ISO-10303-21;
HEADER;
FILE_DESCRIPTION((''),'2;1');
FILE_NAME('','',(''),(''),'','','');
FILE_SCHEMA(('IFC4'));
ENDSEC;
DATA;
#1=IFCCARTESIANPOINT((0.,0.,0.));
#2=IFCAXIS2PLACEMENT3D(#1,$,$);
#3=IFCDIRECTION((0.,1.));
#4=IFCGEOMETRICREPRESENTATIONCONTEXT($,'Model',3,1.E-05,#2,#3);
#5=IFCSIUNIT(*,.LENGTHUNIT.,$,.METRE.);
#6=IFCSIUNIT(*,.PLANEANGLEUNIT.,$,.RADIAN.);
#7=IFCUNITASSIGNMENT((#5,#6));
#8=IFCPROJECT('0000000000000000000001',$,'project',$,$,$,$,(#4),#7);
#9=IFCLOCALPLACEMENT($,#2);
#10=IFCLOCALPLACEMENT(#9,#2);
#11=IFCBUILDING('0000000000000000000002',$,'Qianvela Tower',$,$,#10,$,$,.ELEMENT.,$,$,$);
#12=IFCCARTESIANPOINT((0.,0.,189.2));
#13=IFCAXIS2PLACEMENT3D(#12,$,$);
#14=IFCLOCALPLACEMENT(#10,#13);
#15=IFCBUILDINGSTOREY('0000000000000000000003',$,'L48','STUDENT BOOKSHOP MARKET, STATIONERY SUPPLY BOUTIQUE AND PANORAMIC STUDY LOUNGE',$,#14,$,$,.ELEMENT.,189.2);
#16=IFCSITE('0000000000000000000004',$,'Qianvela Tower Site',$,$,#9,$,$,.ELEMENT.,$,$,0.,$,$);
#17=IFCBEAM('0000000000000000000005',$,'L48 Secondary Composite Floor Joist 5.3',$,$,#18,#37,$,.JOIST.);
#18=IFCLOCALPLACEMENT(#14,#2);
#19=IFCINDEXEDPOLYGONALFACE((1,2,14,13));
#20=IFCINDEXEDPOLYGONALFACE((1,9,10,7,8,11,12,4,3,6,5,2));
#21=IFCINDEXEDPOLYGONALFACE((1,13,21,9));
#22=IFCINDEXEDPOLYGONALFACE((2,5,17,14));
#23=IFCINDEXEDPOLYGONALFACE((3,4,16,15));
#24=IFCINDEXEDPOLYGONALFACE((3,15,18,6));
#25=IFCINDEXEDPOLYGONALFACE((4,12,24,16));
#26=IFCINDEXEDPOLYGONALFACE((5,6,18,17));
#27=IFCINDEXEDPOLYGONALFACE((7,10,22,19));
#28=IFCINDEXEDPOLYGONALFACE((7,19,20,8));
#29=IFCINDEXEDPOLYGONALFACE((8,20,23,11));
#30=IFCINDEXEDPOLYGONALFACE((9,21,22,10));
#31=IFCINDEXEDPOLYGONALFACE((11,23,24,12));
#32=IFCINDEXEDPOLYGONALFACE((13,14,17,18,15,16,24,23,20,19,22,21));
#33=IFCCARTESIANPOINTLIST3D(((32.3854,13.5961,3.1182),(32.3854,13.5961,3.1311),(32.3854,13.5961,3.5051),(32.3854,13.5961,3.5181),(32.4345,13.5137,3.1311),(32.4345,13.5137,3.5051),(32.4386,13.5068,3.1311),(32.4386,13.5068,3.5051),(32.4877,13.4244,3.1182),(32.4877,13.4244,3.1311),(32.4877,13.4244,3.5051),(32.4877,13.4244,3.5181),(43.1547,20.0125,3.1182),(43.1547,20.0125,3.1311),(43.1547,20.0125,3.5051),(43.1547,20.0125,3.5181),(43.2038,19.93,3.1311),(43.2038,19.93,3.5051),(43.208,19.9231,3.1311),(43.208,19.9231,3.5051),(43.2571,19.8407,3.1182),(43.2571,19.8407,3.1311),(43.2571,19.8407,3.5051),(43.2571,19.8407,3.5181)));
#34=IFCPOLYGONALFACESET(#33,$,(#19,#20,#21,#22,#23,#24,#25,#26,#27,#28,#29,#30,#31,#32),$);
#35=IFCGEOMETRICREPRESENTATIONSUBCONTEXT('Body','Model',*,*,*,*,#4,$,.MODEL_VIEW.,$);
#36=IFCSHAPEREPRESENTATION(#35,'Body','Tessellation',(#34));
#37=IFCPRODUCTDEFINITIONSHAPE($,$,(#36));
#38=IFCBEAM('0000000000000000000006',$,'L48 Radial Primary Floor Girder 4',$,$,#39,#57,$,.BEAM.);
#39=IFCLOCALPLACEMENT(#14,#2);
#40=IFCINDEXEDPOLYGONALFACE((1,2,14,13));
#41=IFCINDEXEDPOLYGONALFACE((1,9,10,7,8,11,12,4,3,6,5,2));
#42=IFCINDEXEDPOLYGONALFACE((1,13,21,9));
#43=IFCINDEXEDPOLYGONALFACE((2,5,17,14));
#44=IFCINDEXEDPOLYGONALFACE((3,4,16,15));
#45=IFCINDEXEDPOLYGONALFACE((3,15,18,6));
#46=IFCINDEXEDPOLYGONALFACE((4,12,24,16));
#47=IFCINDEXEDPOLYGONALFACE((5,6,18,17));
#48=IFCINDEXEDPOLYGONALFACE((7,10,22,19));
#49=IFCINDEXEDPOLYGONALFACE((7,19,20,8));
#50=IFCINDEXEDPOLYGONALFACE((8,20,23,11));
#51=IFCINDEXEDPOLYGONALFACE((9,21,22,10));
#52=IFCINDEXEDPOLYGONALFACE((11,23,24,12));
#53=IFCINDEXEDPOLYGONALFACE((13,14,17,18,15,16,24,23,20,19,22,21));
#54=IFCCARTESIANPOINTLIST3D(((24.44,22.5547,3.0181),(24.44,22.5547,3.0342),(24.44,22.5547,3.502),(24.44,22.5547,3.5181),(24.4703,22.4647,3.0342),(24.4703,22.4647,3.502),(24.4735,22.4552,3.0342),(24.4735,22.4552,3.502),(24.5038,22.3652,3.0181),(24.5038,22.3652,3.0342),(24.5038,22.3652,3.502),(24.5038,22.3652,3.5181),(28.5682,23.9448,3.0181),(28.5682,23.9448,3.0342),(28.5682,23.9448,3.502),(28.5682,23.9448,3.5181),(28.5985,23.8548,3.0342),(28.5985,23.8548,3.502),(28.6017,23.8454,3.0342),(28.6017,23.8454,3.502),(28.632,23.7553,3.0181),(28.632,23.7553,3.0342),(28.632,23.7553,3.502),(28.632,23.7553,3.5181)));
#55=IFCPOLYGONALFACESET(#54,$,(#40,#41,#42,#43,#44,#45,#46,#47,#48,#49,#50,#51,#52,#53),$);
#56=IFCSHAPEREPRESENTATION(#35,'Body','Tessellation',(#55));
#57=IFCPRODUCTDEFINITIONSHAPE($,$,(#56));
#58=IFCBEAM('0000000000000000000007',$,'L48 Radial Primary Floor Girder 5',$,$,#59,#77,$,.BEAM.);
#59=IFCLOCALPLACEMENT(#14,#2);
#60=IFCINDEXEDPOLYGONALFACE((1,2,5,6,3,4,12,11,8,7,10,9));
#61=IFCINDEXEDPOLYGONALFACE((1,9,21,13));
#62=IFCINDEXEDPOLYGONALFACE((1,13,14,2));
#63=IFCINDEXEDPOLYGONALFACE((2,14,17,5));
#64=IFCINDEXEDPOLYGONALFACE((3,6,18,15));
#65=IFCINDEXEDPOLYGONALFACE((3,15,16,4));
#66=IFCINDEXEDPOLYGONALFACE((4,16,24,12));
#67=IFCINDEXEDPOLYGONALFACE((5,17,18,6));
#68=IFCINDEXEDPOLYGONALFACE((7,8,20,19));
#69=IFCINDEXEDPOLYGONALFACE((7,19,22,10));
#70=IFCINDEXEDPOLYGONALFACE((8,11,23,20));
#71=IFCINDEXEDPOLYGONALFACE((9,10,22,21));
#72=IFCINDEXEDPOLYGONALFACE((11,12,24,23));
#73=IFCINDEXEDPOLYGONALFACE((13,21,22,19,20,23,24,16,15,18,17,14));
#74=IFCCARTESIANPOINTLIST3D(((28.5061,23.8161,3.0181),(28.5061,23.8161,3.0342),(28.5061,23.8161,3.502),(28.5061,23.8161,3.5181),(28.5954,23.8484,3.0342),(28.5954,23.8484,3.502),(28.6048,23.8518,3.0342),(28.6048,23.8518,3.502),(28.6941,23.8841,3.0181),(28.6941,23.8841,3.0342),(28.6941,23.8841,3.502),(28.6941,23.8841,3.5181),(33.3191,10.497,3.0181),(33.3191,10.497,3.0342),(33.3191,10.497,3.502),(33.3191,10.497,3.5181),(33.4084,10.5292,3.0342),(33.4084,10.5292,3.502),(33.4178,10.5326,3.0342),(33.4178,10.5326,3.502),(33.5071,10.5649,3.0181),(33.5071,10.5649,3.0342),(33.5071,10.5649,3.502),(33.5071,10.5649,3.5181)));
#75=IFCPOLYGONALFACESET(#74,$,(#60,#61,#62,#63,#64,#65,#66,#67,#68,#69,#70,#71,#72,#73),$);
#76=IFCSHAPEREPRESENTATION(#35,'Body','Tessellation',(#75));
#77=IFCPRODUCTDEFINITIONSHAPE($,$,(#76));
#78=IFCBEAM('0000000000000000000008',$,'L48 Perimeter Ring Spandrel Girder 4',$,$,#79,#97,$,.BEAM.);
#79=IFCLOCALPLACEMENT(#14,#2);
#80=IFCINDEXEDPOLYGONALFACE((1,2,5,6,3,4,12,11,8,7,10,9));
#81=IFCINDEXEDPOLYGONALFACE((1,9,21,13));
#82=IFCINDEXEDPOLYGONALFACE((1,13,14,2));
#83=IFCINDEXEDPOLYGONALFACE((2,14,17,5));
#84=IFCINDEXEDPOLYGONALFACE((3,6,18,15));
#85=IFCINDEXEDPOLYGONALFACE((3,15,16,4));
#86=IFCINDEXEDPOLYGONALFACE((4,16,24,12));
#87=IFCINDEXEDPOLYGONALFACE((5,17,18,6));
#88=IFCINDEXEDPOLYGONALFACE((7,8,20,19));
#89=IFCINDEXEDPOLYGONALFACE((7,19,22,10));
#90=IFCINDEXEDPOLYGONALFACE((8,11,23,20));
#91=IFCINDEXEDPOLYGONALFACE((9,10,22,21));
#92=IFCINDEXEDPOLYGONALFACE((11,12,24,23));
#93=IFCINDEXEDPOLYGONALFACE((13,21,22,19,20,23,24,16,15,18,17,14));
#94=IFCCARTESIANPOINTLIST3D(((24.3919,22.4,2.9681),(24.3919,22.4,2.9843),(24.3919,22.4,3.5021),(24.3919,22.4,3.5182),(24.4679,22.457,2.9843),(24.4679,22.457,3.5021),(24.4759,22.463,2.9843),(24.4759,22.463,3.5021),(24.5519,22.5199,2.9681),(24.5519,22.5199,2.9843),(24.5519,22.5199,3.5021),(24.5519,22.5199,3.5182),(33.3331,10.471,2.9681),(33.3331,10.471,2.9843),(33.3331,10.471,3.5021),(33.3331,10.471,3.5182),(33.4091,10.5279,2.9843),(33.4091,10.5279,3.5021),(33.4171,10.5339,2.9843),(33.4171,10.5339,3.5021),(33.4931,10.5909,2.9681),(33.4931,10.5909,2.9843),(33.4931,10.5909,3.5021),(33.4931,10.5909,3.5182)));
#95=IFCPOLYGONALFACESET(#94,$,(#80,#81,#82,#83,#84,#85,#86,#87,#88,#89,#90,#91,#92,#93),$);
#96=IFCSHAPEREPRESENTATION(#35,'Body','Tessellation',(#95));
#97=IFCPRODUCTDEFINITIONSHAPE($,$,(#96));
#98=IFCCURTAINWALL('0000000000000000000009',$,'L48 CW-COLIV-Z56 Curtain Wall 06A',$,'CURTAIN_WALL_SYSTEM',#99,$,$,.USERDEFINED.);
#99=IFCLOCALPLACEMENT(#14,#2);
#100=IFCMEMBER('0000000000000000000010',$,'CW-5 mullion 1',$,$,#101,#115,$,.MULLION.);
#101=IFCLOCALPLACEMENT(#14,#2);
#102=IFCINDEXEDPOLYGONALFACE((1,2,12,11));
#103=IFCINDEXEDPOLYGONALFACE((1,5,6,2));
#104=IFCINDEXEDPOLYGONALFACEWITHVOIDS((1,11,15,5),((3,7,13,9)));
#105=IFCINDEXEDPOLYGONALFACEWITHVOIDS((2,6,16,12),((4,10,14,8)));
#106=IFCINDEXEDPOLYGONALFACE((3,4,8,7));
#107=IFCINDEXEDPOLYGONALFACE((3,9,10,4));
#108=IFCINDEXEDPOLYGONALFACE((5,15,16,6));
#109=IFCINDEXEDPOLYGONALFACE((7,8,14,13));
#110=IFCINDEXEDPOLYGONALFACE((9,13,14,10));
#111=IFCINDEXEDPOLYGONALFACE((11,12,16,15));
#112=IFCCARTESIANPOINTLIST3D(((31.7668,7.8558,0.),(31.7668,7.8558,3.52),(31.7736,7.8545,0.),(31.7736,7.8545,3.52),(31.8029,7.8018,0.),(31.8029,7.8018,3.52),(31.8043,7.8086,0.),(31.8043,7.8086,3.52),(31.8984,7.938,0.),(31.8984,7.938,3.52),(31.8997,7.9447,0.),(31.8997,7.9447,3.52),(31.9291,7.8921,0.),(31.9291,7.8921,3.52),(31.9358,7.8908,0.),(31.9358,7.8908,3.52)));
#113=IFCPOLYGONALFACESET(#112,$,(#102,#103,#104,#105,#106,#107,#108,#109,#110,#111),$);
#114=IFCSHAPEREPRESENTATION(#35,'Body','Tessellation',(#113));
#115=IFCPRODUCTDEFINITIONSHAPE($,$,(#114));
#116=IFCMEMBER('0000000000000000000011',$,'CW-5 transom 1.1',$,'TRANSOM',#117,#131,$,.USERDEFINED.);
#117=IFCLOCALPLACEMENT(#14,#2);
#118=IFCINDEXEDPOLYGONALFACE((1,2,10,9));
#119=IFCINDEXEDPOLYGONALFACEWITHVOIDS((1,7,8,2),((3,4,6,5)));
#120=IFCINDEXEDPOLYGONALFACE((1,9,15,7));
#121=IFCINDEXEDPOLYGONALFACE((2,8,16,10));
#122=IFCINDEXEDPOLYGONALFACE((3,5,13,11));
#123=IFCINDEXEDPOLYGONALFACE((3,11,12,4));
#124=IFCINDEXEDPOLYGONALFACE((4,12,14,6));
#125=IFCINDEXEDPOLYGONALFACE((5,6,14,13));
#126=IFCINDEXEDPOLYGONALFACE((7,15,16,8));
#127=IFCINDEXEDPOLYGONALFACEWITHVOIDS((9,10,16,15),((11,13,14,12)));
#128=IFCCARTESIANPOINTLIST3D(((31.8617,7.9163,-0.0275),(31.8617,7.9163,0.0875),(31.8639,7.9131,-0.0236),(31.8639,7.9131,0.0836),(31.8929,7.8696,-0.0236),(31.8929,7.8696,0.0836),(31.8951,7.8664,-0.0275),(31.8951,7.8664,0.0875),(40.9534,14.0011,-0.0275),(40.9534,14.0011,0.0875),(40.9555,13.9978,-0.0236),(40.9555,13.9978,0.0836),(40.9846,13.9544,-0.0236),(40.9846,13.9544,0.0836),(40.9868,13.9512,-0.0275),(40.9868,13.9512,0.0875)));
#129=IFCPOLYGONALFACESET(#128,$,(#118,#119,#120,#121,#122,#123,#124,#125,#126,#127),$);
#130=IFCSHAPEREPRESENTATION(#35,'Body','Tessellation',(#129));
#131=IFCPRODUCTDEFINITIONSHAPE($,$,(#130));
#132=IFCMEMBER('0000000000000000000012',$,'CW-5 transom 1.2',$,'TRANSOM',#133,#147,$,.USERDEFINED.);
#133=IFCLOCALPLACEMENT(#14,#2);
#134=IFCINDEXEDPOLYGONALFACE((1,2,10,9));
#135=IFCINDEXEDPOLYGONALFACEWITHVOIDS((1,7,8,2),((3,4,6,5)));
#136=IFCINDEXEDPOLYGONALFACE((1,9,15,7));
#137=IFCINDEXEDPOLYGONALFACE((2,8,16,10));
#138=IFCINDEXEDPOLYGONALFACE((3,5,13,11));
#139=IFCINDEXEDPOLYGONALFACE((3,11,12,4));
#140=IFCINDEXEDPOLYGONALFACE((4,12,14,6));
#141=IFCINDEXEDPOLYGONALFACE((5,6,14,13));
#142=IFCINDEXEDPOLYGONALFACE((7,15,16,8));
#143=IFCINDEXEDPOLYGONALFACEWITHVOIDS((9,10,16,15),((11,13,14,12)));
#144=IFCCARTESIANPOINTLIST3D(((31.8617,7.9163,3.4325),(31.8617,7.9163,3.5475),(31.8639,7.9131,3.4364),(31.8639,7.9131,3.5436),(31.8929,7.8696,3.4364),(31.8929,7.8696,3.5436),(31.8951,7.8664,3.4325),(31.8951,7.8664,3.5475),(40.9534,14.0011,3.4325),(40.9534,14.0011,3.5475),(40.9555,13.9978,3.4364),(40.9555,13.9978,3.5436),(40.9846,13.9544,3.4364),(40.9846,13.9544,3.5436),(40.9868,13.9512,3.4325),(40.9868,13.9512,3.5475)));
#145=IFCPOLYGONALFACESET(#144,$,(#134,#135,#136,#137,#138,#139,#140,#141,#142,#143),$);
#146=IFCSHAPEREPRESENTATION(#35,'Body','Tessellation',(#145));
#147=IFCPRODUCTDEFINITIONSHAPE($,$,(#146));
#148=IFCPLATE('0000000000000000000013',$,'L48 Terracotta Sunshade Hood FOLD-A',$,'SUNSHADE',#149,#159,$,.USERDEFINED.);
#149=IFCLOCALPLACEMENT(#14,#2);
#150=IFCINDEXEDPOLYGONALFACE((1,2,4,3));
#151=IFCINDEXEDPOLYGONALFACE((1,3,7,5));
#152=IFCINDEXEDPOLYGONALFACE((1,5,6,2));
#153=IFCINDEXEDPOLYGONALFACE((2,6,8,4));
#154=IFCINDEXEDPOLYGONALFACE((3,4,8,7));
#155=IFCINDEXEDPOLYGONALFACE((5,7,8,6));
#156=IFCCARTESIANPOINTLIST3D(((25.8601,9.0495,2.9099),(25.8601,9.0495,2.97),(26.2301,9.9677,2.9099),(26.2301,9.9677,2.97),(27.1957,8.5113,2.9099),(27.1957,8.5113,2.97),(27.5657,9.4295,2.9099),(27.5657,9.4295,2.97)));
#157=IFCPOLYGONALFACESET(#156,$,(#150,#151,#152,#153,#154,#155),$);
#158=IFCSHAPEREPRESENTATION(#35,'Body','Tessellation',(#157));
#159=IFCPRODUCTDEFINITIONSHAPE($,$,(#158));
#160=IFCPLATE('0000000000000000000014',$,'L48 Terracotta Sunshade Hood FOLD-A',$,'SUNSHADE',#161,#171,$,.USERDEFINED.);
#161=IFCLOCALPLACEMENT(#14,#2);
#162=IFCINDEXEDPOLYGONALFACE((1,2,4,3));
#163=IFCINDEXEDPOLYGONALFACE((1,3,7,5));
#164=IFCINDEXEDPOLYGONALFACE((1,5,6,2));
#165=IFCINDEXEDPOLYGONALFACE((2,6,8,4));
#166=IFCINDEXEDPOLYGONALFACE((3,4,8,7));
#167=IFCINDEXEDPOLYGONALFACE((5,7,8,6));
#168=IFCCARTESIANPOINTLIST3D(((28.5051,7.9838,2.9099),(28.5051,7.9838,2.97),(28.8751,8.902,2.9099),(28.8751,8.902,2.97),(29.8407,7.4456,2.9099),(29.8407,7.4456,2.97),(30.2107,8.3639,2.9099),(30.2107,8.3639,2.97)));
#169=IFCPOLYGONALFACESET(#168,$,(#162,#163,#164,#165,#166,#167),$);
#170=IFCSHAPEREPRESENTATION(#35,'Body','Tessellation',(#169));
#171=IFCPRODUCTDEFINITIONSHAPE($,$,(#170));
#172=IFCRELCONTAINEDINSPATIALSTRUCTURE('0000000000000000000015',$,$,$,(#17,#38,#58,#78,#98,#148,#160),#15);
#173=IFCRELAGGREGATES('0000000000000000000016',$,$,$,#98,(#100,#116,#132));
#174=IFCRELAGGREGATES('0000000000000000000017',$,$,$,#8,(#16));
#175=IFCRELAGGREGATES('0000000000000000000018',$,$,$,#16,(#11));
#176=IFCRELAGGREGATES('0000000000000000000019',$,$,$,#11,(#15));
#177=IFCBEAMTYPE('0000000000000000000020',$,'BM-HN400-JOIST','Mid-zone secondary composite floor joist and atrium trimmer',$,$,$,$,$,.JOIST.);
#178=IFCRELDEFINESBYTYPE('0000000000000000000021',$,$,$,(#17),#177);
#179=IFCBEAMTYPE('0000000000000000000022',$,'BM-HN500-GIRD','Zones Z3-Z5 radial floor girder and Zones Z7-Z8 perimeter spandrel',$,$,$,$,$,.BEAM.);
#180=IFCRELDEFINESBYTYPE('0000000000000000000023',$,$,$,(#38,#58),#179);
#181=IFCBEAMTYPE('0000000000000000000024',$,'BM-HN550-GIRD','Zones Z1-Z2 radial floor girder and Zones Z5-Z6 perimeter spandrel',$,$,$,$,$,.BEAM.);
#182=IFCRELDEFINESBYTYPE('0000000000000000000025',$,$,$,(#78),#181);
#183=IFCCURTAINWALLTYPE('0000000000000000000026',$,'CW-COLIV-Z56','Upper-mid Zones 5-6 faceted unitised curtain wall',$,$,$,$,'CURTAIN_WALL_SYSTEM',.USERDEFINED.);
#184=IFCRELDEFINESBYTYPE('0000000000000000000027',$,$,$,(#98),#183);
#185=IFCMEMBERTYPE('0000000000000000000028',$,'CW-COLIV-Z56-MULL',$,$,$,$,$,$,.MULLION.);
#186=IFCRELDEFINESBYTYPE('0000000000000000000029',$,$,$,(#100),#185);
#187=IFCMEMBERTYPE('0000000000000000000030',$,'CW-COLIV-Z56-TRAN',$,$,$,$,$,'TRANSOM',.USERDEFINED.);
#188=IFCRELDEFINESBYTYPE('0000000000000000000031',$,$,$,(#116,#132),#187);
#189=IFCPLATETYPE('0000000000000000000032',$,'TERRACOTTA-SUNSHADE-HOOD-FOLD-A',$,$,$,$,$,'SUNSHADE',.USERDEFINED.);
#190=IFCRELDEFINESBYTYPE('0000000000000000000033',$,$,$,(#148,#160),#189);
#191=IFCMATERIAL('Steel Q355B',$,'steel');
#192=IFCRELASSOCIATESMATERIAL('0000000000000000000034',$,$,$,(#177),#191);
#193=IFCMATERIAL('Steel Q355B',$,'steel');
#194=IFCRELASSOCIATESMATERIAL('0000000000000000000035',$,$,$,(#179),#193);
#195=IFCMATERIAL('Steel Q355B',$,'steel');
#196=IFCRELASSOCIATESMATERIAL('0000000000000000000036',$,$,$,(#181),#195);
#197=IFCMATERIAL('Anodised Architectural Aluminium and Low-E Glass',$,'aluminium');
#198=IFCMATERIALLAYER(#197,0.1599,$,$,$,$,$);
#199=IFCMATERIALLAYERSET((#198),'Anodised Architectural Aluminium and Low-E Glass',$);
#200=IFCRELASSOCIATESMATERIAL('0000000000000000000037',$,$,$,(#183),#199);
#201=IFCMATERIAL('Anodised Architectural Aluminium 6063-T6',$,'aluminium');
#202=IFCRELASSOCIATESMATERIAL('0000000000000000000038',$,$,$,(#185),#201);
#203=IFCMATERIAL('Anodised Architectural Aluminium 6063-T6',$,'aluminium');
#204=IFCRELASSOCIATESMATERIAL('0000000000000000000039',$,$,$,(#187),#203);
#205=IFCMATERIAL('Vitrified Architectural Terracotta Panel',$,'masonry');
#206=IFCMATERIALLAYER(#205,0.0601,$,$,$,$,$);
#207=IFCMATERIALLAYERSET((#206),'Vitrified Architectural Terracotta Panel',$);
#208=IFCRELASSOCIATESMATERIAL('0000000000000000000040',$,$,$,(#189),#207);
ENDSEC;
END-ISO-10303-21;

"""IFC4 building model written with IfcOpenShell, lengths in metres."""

from ifc_helpers import new_model, si_unit, direction, frame, origin, origin_2d, place, context, subcontext, project, spatial, rectangle, hollow_rectangle, i_section, extrude, material, layer, layer_set, material_profile, profile_set, type_object, element, aggregate, save


model = new_model("IFC4")

# Units and contexts
model_context = context("Model", 3, precision=1e-05, world=origin(), true_north=direction((0.0, 1.0)))
body_context = subcontext(model_context, "Body", "Model", "MODEL_VIEW")
ifc_project = project(units=[si_unit("LENGTHUNIT", "METRE"), si_unit("PLANEANGLEUNIT", "RADIAN")], contexts=[model_context])

# Site, building, storey
site_placement = place(None, origin())
site = spatial("IfcSite", under=ifc_project, at=site_placement, Name="Qianvela Tower Site", CompositionType="ELEMENT", RefElevation=0.0)
building_placement = place(site_placement, origin())
building = spatial("IfcBuilding", under=site, at=building_placement, Name="Qianvela Tower", CompositionType="ELEMENT")
storey_placement = place(building_placement, frame((0.0, 0.0, 189.2)))
storey = spatial("IfcBuildingStorey", under=building, at=storey_placement, Name="L48", Description="STUDENT BOOKSHOP MARKET, STATIONERY SUPPLY BOUTIQUE AND PANORAMIC STUDY LOUNGE", CompositionType="ELEMENT", Elevation=189.2)

# Beams
ifc_material_1 = material(Name="Steel Q355B", Category="steel")
ifc_material_profile_1 = material_profile(ifc_material_1, i_section(OverallWidth=0.2, OverallDepth=0.3999, WebThickness=0.0081, FlangeThickness=0.0129, at=origin_2d()), Name="HN400x200x8x13")
ifc_profile_set_1 = profile_set([ifc_material_profile_1], Name="Steel Q355B")
beam_type_1 = type_object("IfcBeamType", Name="BM-HN400-JOIST", Description="Mid-zone secondary composite floor joist and atrium trimmer", PredefinedType="JOIST", material=ifc_profile_set_1)
beam_1_placement = place(storey_placement, frame((32.4365, 13.5103, 3.3181), z_axis=(0.859084, 0.511835, 0.0), x_axis=(-0.511835, 0.859084, 0.0)))
element("IfcBeam", 1, at=beam_1_placement, inside=storey, type_object=beam_type_1, Name="L48 Secondary Composite Floor Joist 5.3", PredefinedType="JOIST", context=body_context, shape_type="SweptSolid", body=[
    extrude(i_section(OverallWidth=0.2, OverallDepth=0.3999, WebThickness=0.0081, FlangeThickness=0.0129, at=origin_2d()), origin(), (0.0, 0.0, 1.0), 12.5359),
])
ifc_material_2 = material(Name="Steel Q355B", Category="steel")
ifc_material_profile_2 = material_profile(ifc_material_2, i_section(OverallWidth=0.2, OverallDepth=0.5, WebThickness=0.01, FlangeThickness=0.0161, at=origin_2d()), Name="HN500x200x10x16")
ifc_profile_set_2 = profile_set([ifc_material_profile_2], Name="Steel Q355B")
beam_type_2 = type_object("IfcBeamType", Name="BM-HN500-GIRD", Description="Zones Z3-Z5 radial floor girder and Zones Z7-Z8 perimeter spandrel", PredefinedType="BEAM", material=ifc_profile_set_2)
beam_2_placement = place(storey_placement, frame((28.6001, 23.8501, 3.2681), z_axis=(-0.947709, -0.319135, 0.0), x_axis=(0.319135, -0.947709, 0.0)))
element("IfcBeam", 2, at=beam_2_placement, inside=storey, type_object=beam_type_2, Name="L48 Radial Primary Floor Girder 4", PredefinedType="BEAM", context=body_context, shape_type="SweptSolid", body=[
    extrude(i_section(OverallWidth=0.2, OverallDepth=0.5, WebThickness=0.01, FlangeThickness=0.0161, at=origin_2d()), origin(), (0.0, 0.0, 1.0), 4.356),
])
beam_3_placement = place(storey_placement, frame((28.6001, 23.8501, 3.2681), z_axis=(0.339852, -0.940479, 0.0), x_axis=(0.940479, 0.339852, 0.0)))
element("IfcBeam", 3, at=beam_3_placement, inside=storey, type_object=beam_type_2, Name="L48 Radial Primary Floor Girder 5", PredefinedType="BEAM", context=body_context, shape_type="SweptSolid", body=[
    extrude(i_section(OverallWidth=0.2, OverallDepth=0.5, WebThickness=0.01, FlangeThickness=0.0161, at=origin_2d()), origin(), (0.0, 0.0, 1.0), 14.1621),
])
ifc_material_3 = material(Name="Steel Q355B", Category="steel")
ifc_material_profile_3 = material_profile(ifc_material_3, i_section(OverallWidth=0.2, OverallDepth=0.55, WebThickness=0.01, FlangeThickness=0.0161, at=origin_2d()), Name="HN550x200x10x16")
ifc_profile_set_3 = profile_set([ifc_material_profile_3], Name="Steel Q355B")
beam_type_3 = type_object("IfcBeamType", Name="BM-HN550-GIRD", Description="Zones Z1-Z2 radial floor girder and Zones Z5-Z6 perimeter spandrel", PredefinedType="BEAM", material=ifc_profile_set_3)
beam_4_placement = place(storey_placement, frame((24.4719, 22.46, 3.2432), z_axis=(0.599762, -0.800179, 0.0), x_axis=(0.800179, 0.599762, 0.0)))
element("IfcBeam", 4, at=beam_4_placement, inside=storey, type_object=beam_type_3, Name="L48 Perimeter Ring Spandrel Girder 4", PredefinedType="BEAM", context=body_context, shape_type="SweptSolid", body=[
    extrude(i_section(OverallWidth=0.2, OverallDepth=0.55, WebThickness=0.01, FlangeThickness=0.0161, at=origin_2d()), origin(), (0.0, 0.0, 1.0), 14.908),
])

# Curtain wall, members
ifc_material_4 = material(Name="Anodised Architectural Aluminium and Low-E Glass", Category="aluminium")
ifc_layer_1 = layer(ifc_material_4, 0.1599)
ifc_layer_set_1 = layer_set([ifc_layer_1], Name="Anodised Architectural Aluminium and Low-E Glass")
curtain_wall_type = type_object("IfcCurtainWallType", Name="CW-COLIV-Z56", Description="Upper-mid Zones 5-6 faceted unitised curtain wall", ElementType="CURTAIN_WALL_SYSTEM", PredefinedType="USERDEFINED", material=ifc_layer_set_1)
curtain_wall_placement = place(storey_placement, origin())
curtain_wall = element("IfcCurtainWall", 5, at=curtain_wall_placement, inside=storey, type_object=curtain_wall_type, Name="L48 CW-COLIV-Z56 Curtain Wall 06A", ObjectType="CURTAIN_WALL_SYSTEM", PredefinedType="USERDEFINED")
ifc_material_5 = material(Name="Anodised Architectural Aluminium 6063-T6", Category="aluminium")
ifc_material_profile_4 = material_profile(ifc_material_5, hollow_rectangle(XDim=0.0649, YDim=0.1599, WallThickness=0.0049, at=origin_2d()), Name="ALU-MULL-65x160")
ifc_profile_set_4 = profile_set([ifc_material_profile_4], Name="Anodised Architectural Aluminium 6063-T6")
member_type_1 = type_object("IfcMemberType", Name="CW-COLIV-Z56-MULL", PredefinedType="MULLION", material=ifc_profile_set_4)
member_1_placement = place(storey_placement, frame((31.8513, 7.8733, 0.0), z_axis=(0.0, 0.0, 1.0), x_axis=(-0.556198, 0.83105, 0.0)))
member_1 = element("IfcMember", 6, at=member_1_placement, type_object=member_type_1, Name="CW-5 mullion 1", PredefinedType="MULLION", context=body_context, shape_type="SweptSolid", body=[
    extrude(hollow_rectangle(XDim=0.0649, YDim=0.1599, WallThickness=0.0049, at=origin_2d()), origin(), (0.0, 0.0, 1.0), 3.52),
])
ifc_material_6 = material(Name="Anodised Architectural Aluminium 6063-T6", Category="aluminium")
ifc_material_profile_5 = material_profile(ifc_material_6, hollow_rectangle(XDim=0.0601, YDim=0.115, WallThickness=0.0039, at=origin_2d()), Name="ALU-TRAN-60x115")
ifc_profile_set_5 = profile_set([ifc_material_profile_5], Name="Anodised Architectural Aluminium 6063-T6")
member_type_2 = type_object("IfcMemberType", Name="CW-COLIV-Z56-TRAN", ElementType="TRANSOM", PredefinedType="USERDEFINED", material=ifc_profile_set_5)
member_2_placement = place(storey_placement, frame((31.8784, 7.8914, 0.03), z_axis=(0.83105, 0.556198, 0.0), x_axis=(-0.556198, 0.83105, 0.0)))
member_2 = element("IfcMember", 7, at=member_2_placement, type_object=member_type_2, Name="CW-5 transom 1.1", ObjectType="TRANSOM", PredefinedType="USERDEFINED", context=body_context, shape_type="SweptSolid", body=[
    extrude(hollow_rectangle(XDim=0.0601, YDim=0.115, WallThickness=0.0039, at=origin_2d()), origin(), (0.0, 0.0, 1.0), 10.9399),
])
member_3_placement = place(storey_placement, frame((31.8784, 7.8914, 3.49), z_axis=(0.83105, 0.556198, 0.0), x_axis=(-0.556198, 0.83105, 0.0)))
member_3 = element("IfcMember", 8, at=member_3_placement, type_object=member_type_2, Name="CW-5 transom 1.2", ObjectType="TRANSOM", PredefinedType="USERDEFINED", context=body_context, shape_type="SweptSolid", body=[
    extrude(hollow_rectangle(XDim=0.0601, YDim=0.115, WallThickness=0.0039, at=origin_2d()), origin(), (0.0, 0.0, 1.0), 10.9399),
])
aggregate(curtain_wall, [member_1, member_2, member_3])

# Plates
ifc_material_7 = material(Name="Vitrified Architectural Terracotta Panel", Category="masonry")
ifc_layer_2 = layer(ifc_material_7, 0.0601)
ifc_layer_set_2 = layer_set([ifc_layer_2], Name="Vitrified Architectural Terracotta Panel")
plate_type_1 = type_object("IfcPlateType", Name="TERRACOTTA-SUNSHADE-HOOD-FOLD-A", ElementType="SUNSHADE", PredefinedType="USERDEFINED", material=ifc_layer_set_2)
for number, where, z_axis, x_axis, name in (
    (9, (26.7129, 9.2395, 2.9099), (0.0, 0.0, 1.0), (0.927536, -0.373734, 0.0), "L48 Terracotta Sunshade Hood FOLD-A"),
    (10, (29.3579, 8.1738, 2.9099), (0.0, 0.0, 1.0), (0.927536, -0.373734, 0.0), "L48 Terracotta Sunshade Hood FOLD-A"),
):
    element("IfcPlate", number, at=place(storey_placement, frame(where, z_axis=z_axis, x_axis=x_axis)), inside=storey, type_object=plate_type_1, Name=name, ObjectType="SUNSHADE", PredefinedType="USERDEFINED", context=body_context, shape_type="SweptSolid", body=[
        extrude(rectangle(XDim=1.4399, YDim=0.99, at=origin_2d()), origin(), (0.0, 0.0, 1.0), 0.0601),
    ])

save(model, "model.ifc")
